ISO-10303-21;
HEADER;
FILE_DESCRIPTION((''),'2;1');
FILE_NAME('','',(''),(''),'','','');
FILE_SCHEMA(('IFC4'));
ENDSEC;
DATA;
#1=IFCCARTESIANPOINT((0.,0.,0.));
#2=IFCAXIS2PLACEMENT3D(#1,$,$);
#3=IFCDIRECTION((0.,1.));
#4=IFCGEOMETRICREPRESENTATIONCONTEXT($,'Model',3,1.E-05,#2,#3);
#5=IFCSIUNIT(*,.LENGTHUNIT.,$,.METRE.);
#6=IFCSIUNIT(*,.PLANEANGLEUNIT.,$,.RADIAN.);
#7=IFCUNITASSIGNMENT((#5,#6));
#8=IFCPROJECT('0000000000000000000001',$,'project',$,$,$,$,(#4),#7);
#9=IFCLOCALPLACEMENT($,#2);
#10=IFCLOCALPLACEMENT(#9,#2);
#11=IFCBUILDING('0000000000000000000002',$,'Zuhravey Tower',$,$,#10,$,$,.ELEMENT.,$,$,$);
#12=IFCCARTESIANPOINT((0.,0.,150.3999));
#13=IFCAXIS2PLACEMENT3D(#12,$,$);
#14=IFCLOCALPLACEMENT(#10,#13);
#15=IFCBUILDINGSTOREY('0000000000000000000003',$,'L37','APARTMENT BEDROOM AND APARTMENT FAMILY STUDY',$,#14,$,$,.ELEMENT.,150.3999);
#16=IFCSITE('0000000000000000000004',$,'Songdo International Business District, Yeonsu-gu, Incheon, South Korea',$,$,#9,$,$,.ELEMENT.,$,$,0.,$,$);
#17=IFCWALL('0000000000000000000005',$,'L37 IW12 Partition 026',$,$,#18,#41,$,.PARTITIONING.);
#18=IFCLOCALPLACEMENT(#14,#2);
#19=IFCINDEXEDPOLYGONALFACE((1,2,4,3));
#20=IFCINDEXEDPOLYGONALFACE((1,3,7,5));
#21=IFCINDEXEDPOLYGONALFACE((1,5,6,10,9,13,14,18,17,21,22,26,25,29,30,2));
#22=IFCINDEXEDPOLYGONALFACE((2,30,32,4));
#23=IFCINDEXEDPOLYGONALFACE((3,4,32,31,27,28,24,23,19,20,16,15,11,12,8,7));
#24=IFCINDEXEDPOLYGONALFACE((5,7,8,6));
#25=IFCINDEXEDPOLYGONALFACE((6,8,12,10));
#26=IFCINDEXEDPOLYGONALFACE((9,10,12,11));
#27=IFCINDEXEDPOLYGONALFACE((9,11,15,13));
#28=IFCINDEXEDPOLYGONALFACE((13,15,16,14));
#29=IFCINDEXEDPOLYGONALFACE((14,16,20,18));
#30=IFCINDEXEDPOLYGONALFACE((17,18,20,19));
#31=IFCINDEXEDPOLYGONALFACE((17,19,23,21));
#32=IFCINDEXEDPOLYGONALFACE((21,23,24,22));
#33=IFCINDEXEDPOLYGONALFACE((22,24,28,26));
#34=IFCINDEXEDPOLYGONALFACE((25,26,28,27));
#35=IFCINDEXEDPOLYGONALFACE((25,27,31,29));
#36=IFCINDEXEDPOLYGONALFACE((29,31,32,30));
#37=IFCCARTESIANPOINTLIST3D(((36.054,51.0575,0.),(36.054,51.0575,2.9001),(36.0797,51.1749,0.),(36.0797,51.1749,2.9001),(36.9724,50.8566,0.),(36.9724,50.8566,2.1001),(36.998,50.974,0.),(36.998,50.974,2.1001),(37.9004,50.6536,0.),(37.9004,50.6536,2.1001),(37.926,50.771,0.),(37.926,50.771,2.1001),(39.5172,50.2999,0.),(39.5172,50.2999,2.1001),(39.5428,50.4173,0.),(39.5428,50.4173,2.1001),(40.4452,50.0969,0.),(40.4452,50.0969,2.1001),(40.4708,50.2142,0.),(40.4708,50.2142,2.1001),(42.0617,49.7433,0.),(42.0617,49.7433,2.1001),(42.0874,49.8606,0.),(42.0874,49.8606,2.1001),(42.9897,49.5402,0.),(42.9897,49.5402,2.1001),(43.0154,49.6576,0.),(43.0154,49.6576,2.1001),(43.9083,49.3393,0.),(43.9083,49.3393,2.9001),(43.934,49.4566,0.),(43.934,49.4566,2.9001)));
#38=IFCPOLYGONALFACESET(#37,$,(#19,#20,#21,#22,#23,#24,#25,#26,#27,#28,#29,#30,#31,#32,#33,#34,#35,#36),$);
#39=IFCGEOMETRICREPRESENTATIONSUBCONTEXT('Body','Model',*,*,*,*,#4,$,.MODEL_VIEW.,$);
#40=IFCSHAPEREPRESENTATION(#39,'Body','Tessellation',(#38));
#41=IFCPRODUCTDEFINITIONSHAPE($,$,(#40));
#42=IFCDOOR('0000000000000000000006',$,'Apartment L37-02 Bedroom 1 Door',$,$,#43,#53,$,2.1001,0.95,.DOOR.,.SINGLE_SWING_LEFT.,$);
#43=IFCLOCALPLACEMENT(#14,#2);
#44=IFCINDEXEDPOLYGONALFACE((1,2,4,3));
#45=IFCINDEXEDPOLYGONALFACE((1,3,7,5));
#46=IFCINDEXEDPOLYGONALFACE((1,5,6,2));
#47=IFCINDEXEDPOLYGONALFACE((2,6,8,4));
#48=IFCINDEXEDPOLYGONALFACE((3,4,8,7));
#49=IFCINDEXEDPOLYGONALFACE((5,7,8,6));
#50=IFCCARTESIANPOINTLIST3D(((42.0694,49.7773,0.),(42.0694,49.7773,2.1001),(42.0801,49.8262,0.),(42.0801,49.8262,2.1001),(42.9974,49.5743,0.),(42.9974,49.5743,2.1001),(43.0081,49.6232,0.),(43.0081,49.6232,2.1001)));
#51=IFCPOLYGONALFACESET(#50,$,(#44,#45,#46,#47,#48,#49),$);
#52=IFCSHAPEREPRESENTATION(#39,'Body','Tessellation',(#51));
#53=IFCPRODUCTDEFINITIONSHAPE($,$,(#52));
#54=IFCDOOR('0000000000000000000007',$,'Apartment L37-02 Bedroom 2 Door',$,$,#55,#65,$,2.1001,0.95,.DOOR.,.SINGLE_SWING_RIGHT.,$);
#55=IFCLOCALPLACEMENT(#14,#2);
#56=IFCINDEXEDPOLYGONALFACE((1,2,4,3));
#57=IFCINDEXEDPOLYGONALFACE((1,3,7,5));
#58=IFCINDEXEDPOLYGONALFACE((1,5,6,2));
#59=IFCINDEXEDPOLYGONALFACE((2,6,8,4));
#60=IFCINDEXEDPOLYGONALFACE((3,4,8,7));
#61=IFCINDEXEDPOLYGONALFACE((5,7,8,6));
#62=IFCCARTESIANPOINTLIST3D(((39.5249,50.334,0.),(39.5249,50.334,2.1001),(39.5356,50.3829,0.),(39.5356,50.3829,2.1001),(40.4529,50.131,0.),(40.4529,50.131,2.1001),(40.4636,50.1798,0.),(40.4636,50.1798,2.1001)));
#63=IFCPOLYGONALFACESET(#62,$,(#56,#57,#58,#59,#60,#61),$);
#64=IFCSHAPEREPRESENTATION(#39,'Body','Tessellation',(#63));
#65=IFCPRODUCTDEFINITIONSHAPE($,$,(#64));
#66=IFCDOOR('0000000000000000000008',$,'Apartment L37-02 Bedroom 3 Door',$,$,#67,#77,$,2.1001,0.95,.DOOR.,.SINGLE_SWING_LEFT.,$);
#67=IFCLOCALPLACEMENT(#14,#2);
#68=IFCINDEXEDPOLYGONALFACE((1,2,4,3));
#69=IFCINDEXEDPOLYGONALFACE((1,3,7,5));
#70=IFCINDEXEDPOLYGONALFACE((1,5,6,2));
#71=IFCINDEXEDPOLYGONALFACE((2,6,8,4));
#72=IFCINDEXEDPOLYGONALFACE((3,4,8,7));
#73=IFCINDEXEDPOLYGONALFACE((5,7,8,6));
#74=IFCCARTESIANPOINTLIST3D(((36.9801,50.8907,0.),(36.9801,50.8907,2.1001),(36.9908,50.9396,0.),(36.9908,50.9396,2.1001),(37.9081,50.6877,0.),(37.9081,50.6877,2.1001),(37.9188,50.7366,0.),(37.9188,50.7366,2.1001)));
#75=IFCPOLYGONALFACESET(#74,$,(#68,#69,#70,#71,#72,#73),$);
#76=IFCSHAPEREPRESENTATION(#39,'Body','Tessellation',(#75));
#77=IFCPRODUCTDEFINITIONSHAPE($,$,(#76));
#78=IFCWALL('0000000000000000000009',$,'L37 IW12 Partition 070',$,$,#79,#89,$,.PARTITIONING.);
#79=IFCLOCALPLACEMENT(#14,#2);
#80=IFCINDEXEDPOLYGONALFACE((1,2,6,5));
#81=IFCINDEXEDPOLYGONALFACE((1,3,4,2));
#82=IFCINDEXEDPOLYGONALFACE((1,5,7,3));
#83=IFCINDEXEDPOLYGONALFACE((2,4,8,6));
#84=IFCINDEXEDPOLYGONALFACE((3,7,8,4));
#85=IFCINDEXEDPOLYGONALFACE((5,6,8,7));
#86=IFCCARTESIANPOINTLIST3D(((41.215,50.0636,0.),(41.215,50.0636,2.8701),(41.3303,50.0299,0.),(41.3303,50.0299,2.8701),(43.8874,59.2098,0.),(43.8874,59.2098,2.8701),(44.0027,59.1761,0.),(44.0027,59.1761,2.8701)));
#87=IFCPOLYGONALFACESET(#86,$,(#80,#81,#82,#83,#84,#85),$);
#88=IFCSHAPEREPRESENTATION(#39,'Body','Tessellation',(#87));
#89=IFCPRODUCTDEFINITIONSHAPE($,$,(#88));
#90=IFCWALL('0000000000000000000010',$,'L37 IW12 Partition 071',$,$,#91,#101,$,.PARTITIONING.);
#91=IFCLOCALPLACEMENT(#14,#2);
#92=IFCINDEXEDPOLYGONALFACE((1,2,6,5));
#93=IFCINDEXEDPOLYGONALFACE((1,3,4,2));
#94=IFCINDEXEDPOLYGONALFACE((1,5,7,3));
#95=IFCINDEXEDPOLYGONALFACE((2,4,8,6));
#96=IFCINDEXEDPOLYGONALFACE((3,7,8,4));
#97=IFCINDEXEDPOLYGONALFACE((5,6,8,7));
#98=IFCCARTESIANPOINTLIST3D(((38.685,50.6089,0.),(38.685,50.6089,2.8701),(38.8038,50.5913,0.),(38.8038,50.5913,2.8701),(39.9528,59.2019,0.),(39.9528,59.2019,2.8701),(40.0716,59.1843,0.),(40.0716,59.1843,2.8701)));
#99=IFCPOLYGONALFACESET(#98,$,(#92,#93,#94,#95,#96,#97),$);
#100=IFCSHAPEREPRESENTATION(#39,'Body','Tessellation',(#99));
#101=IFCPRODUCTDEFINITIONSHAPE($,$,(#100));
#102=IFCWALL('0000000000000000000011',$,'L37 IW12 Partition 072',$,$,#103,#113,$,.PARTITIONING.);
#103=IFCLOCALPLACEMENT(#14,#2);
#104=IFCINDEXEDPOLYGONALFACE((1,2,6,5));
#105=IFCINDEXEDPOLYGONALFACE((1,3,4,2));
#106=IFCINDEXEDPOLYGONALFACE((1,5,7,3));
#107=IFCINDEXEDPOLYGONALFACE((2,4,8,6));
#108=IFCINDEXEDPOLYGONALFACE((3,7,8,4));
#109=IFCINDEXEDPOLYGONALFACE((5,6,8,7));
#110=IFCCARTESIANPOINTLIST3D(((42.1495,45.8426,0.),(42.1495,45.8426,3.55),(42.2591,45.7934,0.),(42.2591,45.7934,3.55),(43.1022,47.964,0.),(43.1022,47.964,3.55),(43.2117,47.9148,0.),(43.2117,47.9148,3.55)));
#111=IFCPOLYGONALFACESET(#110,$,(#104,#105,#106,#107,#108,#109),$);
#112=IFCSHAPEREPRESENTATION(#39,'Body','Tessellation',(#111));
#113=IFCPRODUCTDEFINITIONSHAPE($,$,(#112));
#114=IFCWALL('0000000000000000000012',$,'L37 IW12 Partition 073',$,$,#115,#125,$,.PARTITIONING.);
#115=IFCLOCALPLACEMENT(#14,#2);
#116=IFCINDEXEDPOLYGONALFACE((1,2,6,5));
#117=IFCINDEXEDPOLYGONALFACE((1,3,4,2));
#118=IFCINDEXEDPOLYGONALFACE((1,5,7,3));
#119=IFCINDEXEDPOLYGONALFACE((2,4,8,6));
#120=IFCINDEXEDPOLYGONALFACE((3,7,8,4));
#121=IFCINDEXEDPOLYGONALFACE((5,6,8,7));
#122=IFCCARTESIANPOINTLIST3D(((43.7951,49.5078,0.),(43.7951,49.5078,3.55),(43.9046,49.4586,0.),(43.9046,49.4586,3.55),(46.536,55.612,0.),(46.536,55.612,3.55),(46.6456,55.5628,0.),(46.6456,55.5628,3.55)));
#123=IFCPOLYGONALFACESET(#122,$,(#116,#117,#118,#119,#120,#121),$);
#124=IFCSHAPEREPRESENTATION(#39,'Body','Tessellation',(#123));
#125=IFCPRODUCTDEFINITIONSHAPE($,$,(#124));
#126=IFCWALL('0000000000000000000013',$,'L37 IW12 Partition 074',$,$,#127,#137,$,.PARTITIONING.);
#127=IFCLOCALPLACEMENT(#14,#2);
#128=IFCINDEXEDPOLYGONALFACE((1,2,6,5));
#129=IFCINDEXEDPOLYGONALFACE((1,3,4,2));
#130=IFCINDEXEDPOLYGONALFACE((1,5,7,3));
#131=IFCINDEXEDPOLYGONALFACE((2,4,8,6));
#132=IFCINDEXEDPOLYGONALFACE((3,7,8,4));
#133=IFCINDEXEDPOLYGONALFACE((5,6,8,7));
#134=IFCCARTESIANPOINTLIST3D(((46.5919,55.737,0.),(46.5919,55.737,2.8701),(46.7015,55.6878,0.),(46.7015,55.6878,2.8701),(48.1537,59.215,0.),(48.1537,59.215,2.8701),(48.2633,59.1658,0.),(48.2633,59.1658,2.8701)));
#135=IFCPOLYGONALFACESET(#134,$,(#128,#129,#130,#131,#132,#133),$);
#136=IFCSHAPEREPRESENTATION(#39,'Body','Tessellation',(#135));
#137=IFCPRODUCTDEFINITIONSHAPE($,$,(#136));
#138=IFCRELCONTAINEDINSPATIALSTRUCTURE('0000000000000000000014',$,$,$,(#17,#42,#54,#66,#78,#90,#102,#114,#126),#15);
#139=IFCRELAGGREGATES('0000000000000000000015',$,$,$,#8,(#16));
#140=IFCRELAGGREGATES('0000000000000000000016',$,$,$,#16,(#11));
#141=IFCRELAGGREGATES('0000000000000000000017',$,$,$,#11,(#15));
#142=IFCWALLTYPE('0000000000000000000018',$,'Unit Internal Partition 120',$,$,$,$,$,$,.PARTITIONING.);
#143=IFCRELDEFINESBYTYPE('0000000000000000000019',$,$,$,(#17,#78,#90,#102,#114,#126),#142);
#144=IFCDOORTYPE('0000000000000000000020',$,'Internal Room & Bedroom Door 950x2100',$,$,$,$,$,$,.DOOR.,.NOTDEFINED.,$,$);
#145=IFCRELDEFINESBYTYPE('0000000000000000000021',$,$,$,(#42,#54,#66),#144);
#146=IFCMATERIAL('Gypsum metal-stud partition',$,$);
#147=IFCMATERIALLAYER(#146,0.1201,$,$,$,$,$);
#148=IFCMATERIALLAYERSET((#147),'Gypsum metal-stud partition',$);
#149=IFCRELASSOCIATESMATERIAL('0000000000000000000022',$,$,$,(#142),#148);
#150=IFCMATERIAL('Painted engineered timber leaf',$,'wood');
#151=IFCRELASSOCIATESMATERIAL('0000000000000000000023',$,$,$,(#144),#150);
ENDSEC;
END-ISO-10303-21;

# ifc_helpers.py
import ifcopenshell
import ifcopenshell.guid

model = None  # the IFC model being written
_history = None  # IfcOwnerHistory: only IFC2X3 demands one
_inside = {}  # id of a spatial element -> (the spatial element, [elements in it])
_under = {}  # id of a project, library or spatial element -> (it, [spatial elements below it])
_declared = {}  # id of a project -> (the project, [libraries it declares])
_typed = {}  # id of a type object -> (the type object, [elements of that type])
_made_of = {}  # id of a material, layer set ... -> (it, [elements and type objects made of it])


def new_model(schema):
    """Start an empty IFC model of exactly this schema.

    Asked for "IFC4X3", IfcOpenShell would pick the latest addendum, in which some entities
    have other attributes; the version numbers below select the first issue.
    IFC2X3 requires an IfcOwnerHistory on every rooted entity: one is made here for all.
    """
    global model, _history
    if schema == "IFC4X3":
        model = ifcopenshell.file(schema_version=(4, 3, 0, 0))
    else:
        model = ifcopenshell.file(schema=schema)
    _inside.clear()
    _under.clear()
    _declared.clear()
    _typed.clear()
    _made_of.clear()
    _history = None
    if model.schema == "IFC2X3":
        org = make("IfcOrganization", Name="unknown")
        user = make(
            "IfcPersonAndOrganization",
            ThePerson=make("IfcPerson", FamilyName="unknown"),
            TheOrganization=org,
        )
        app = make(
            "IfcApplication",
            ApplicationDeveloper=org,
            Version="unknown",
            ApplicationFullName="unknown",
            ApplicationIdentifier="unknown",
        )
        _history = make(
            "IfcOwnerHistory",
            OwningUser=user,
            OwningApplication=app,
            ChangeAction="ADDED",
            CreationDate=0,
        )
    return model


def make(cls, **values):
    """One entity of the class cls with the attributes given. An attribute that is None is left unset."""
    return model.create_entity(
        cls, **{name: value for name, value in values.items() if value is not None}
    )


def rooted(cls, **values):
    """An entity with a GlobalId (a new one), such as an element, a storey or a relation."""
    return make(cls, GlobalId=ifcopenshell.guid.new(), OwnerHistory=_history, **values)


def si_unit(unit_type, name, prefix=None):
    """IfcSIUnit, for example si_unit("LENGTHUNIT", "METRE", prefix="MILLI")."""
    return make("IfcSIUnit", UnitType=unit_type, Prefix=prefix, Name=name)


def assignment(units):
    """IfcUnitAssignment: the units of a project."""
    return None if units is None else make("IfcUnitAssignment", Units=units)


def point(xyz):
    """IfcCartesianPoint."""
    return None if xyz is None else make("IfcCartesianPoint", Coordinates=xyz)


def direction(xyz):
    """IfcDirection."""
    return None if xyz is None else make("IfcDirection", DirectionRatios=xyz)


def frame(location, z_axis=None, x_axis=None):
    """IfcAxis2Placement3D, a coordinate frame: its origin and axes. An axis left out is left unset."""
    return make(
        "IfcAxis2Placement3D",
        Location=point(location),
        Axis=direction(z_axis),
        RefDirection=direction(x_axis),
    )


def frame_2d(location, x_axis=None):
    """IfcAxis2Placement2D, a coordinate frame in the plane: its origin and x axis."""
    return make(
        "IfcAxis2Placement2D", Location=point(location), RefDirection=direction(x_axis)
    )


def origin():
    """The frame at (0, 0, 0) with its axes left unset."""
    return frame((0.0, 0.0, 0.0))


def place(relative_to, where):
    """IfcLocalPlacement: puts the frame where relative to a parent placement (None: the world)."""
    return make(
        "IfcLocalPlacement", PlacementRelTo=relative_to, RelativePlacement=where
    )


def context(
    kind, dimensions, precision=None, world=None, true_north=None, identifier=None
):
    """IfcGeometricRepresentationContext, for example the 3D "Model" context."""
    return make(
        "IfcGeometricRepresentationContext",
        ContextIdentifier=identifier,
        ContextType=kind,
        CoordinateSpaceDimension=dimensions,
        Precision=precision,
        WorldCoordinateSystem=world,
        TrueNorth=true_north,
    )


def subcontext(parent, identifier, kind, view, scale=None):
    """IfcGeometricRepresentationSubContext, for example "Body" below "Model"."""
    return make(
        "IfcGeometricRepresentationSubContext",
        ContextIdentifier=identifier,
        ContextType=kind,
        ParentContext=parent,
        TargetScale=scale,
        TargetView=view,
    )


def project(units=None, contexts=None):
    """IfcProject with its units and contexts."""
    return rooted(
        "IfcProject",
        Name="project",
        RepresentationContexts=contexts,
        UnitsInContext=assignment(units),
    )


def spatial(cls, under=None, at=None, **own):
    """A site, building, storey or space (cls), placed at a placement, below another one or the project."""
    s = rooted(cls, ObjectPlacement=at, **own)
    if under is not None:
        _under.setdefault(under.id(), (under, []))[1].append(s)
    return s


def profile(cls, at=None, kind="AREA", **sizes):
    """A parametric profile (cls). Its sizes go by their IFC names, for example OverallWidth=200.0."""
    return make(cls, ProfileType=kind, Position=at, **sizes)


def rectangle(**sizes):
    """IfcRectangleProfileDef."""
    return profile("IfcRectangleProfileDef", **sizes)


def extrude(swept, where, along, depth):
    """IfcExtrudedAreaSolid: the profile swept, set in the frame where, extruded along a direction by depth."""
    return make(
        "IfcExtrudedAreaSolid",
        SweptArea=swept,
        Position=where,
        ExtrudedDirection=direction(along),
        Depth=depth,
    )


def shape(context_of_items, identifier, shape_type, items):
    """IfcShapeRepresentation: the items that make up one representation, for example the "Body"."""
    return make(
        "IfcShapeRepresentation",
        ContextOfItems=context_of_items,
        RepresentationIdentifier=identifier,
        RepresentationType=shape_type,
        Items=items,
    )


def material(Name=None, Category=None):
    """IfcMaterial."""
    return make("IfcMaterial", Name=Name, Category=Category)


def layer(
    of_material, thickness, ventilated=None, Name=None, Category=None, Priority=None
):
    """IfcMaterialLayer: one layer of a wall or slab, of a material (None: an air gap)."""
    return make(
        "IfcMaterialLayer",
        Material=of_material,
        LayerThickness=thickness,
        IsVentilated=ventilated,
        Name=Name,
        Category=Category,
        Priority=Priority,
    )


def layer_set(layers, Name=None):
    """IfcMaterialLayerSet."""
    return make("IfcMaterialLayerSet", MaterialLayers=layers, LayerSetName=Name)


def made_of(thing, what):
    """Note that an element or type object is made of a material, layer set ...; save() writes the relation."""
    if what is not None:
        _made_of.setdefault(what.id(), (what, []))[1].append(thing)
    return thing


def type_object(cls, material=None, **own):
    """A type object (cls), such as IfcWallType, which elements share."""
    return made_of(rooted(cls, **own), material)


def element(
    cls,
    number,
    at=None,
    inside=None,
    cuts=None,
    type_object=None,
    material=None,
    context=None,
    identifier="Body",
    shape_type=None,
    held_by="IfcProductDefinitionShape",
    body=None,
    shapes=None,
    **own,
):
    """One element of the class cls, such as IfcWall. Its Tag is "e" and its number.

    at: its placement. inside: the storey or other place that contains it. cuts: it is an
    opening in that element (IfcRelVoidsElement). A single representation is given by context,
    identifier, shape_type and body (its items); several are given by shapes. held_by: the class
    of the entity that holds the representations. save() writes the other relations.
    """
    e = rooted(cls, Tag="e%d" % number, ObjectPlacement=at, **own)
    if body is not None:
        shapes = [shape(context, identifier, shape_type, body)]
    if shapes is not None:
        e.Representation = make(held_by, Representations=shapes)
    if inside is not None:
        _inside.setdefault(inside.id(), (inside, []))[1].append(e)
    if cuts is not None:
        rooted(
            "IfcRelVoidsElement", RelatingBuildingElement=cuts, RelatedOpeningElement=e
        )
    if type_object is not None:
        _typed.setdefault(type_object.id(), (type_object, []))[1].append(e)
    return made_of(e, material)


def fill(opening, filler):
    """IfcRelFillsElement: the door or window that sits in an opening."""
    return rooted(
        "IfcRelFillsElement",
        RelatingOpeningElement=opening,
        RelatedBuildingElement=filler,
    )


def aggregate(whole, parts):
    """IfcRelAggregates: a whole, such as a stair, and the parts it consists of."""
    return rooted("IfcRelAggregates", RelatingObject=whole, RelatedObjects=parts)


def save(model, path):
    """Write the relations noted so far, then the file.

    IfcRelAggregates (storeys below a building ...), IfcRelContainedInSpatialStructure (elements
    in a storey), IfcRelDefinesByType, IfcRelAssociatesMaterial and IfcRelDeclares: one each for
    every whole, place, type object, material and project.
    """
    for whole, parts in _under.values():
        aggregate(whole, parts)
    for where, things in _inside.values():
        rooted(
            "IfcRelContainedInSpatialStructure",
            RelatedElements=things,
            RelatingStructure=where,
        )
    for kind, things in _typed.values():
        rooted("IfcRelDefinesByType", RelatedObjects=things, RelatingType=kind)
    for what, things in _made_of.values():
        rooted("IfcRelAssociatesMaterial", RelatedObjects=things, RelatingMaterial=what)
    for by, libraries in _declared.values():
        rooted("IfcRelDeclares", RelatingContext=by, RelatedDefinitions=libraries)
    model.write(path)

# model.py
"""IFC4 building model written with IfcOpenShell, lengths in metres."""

from ifc_helpers import new_model, si_unit, direction, frame, frame_2d, origin, place, context, subcontext, project, spatial, rectangle, extrude, material, layer, layer_set, type_object, element, fill, save


model = new_model("IFC4")

# Units and contexts
model_context = context("Model", 3, precision=1e-05, world=origin(), true_north=direction((0.0, 1.0)))
body_context = subcontext(model_context, "Body", "Model", "MODEL_VIEW")
ifc_project = project(units=[si_unit("LENGTHUNIT", "METRE"), si_unit("PLANEANGLEUNIT", "RADIAN")], contexts=[model_context])

# Site, building, storey
site_placement = place(None, origin())
site = spatial("IfcSite", under=ifc_project, at=site_placement, Name="Songdo International Business District, Yeonsu-gu, Incheon, South Korea", CompositionType="ELEMENT", RefElevation=0.0)
building_placement = place(site_placement, origin())
building = spatial("IfcBuilding", under=site, at=building_placement, Name="Zuhravey Tower", CompositionType="ELEMENT")
storey_placement = place(building_placement, frame((0.0, 0.0, 150.3999)))
storey = spatial("IfcBuildingStorey", under=building, at=storey_placement, Name="L37", Description="APARTMENT BEDROOM AND APARTMENT FAMILY STUDY", CompositionType="ELEMENT", Elevation=150.3999)

# Wall, openings, doors
ifc_material_1 = material(Name="Gypsum metal-stud partition")
ifc_layer_1 = layer(ifc_material_1, 0.1201)
ifc_layer_set_1 = layer_set([ifc_layer_1], Name="Gypsum metal-stud partition")
wall_type_1 = type_object("IfcWallType", Name="Unit Internal Partition 120", PredefinedType="PARTITIONING", material=ifc_layer_set_1)
ifc_material_2 = material(Name="Painted engineered timber leaf", Category="wood")
door_type_1 = type_object("IfcDoorType", Name="Internal Room & Bedroom Door 950x2100", OperationType="NOTDEFINED", PredefinedType="DOOR", material=ifc_material_2)
wall_1_placement = place(storey_placement, frame((43.9211, 49.3979, 0.0), z_axis=(0.0, 0.0, 1.0), x_axis=(-0.976896, 0.213714, 0.0)))
wall_1 = element("IfcWall", 1, at=wall_1_placement, inside=storey, type_object=wall_type_1, Name="L37 IW12 Partition 026", PredefinedType="PARTITIONING", context=body_context, shape_type="SweptSolid", body=[
    extrude(rectangle(XDim=8.04, YDim=0.1201, at=frame_2d((4.02, 0.0))), origin(), (0.0, 0.0, 1.0), 2.9001),
])
opening_1_placement = place(wall_1_placement, frame((0.9402, 0.0, 0.0)))
opening_1 = element("IfcOpeningElement", 2, at=opening_1_placement, cuts=wall_1, PredefinedType="OPENING", context=body_context, shape_type="SweptSolid", body=[
    extrude(rectangle(XDim=0.95, YDim=2.1001, at=frame_2d((0.4751, 1.05))), frame((0.0, 0.072, 0.0), z_axis=(0.0, -1.0, 0.0), x_axis=(1.0, 0.0, 0.0)), (0.0, 0.0, 1.0), 0.144),
])
opening_2_placement = place(wall_1_placement, frame((3.5449, 0.0, 0.0)))
opening_2 = element("IfcOpeningElement", 3, at=opening_2_placement, cuts=wall_1, PredefinedType="OPENING", context=body_context, shape_type="SweptSolid", body=[
    extrude(rectangle(XDim=0.95, YDim=2.1001, at=frame_2d((0.4751, 1.05))), frame((0.0, 0.072, 0.0), z_axis=(0.0, -1.0, 0.0), x_axis=(1.0, 0.0, 0.0)), (0.0, 0.0, 1.0), 0.144),
])
opening_3_placement = place(wall_1_placement, frame((6.1499, 0.0, 0.0)))
opening_3 = element("IfcOpeningElement", 4, at=opening_3_placement, cuts=wall_1, PredefinedType="OPENING", context=body_context, shape_type="SweptSolid", body=[
    extrude(rectangle(XDim=0.95, YDim=2.1001, at=frame_2d((0.4751, 1.05))), frame((0.0, 0.072, 0.0), z_axis=(0.0, -1.0, 0.0), x_axis=(1.0, 0.0, 0.0)), (0.0, 0.0, 1.0), 0.144),
])
door_1_placement = place(opening_1_placement, frame((0.95, 0.0, 0.0), z_axis=(0.0, 0.0, 1.0), x_axis=(-1.0, 0.0, 0.0)))
door_1 = element("IfcDoor", 5, at=door_1_placement, inside=storey, type_object=door_type_1, Name="Apartment L37-02 Bedroom 1 Door", OperationType="SINGLE_SWING_LEFT", OverallHeight=2.1001, OverallWidth=0.95, PredefinedType="DOOR", context=body_context, shape_type="SweptSolid", body=[
    extrude(rectangle(XDim=0.95, YDim=2.1001, at=frame_2d((0.4751, 1.05))), frame((0.0, 0.0249, 0.0), z_axis=(0.0, -1.0, 0.0), x_axis=(1.0, 0.0, 0.0)), (0.0, 0.0, 1.0), 0.05),
])
fill(opening_1, door_1)
door_2_placement = place(opening_2_placement, frame((0.95, 0.0, 0.0), z_axis=(0.0, 0.0, 1.0), x_axis=(-1.0, 0.0, 0.0)))
door_2 = element("IfcDoor", 6, at=door_2_placement, inside=storey, type_object=door_type_1, Name="Apartment L37-02 Bedroom 2 Door", OperationType="SINGLE_SWING_RIGHT", OverallHeight=2.1001, OverallWidth=0.95, PredefinedType="DOOR", context=body_context, shape_type="SweptSolid", body=[
    extrude(rectangle(XDim=0.95, YDim=2.1001, at=frame_2d((0.4751, 1.05))), frame((0.0, 0.0249, 0.0), z_axis=(0.0, -1.0, 0.0), x_axis=(1.0, 0.0, 0.0)), (0.0, 0.0, 1.0), 0.05),
])
fill(opening_2, door_2)
door_3_placement = place(opening_3_placement, frame((0.95, 0.0, 0.0), z_axis=(0.0, 0.0, 1.0), x_axis=(-1.0, 0.0, 0.0)))
door_3 = element("IfcDoor", 7, at=door_3_placement, inside=storey, type_object=door_type_1, Name="Apartment L37-02 Bedroom 3 Door", OperationType="SINGLE_SWING_LEFT", OverallHeight=2.1001, OverallWidth=0.95, PredefinedType="DOOR", context=body_context, shape_type="SweptSolid", body=[
    extrude(rectangle(XDim=0.95, YDim=2.1001, at=frame_2d((0.4751, 1.05))), frame((0.0, 0.0249, 0.0), z_axis=(0.0, -1.0, 0.0), x_axis=(1.0, 0.0, 0.0)), (0.0, 0.0, 1.0), 0.05),
])
fill(opening_3, door_3)

# Walls
wall_2_placement = place(storey_placement, frame((41.2727, 50.0469, 0.0), z_axis=(0.0, 0.0, 1.0), x_axis=(0.280456, 0.959867, 0.0)))
element("IfcWall", 8, at=wall_2_placement, inside=storey, type_object=wall_type_1, Name="L37 IW12 Partition 070", PredefinedType="PARTITIONING", context=body_context, shape_type="SweptSolid", body=[
    extrude(rectangle(XDim=9.5286, YDim=0.1201, at=frame_2d((4.7642, 0.0))), origin(), (0.0, 0.0, 1.0), 2.8701),
])
wall_3_placement = place(storey_placement, frame((38.7444, 50.6001, 0.0), z_axis=(0.0, 0.0, 1.0), x_axis=(0.145961, 0.98929, 0.0)))
element("IfcWall", 9, at=wall_3_placement, inside=storey, type_object=wall_type_1, Name="L37 IW12 Partition 071", PredefinedType="PARTITIONING", context=body_context, shape_type="SweptSolid", body=[
    extrude(rectangle(XDim=8.686, YDim=0.1201, at=frame_2d((4.343, 0.0))), origin(), (0.0, 0.0, 1.0), 2.8701),
])
wall_4_placement = place(storey_placement, frame((42.2043, 45.8181, 0.0), z_axis=(0.0, 0.0, 1.0), x_axis=(0.409662, 0.912238, 0.0)))
element("IfcWall", 10, at=wall_4_placement, inside=storey, type_object=wall_type_1, Name="L37 IW12 Partition 072", PredefinedType="PARTITIONING", context=body_context, shape_type="SweptSolid", body=[
    extrude(rectangle(XDim=2.3254, YDim=0.1201, at=frame_2d((1.1626, 0.0))), origin(), (0.0, 0.0, 1.0), 3.55),
])
wall_5_placement = place(storey_placement, frame((43.8499, 49.4832, 0.0), z_axis=(0.0, 0.0, 1.0), x_axis=(0.409626, 0.912254, 0.0)))
element("IfcWall", 11, at=wall_5_placement, inside=storey, type_object=wall_type_1, Name="L37 IW12 Partition 073", PredefinedType="PARTITIONING", context=body_context, shape_type="SweptSolid", body=[
    extrude(rectangle(XDim=6.6914, YDim=0.1201, at=frame_2d((3.3457, 0.0))), origin(), (0.0, 0.0, 1.0), 3.55),
])
wall_6_placement = place(storey_placement, frame((46.6467, 55.7124, 0.0), z_axis=(0.0, 0.0, 1.0), x_axis=(0.409635, 0.91225, 0.0)))
element("IfcWall", 12, at=wall_6_placement, inside=storey, type_object=wall_type_1, Name="L37 IW12 Partition 074", PredefinedType="PARTITIONING", context=body_context, shape_type="SweptSolid", body=[
    extrude(rectangle(XDim=3.8125, YDim=0.1201, at=frame_2d((1.9062, 0.0))), origin(), (0.0, 0.0, 1.0), 2.8701),
])

save(model, "model.ifc")
